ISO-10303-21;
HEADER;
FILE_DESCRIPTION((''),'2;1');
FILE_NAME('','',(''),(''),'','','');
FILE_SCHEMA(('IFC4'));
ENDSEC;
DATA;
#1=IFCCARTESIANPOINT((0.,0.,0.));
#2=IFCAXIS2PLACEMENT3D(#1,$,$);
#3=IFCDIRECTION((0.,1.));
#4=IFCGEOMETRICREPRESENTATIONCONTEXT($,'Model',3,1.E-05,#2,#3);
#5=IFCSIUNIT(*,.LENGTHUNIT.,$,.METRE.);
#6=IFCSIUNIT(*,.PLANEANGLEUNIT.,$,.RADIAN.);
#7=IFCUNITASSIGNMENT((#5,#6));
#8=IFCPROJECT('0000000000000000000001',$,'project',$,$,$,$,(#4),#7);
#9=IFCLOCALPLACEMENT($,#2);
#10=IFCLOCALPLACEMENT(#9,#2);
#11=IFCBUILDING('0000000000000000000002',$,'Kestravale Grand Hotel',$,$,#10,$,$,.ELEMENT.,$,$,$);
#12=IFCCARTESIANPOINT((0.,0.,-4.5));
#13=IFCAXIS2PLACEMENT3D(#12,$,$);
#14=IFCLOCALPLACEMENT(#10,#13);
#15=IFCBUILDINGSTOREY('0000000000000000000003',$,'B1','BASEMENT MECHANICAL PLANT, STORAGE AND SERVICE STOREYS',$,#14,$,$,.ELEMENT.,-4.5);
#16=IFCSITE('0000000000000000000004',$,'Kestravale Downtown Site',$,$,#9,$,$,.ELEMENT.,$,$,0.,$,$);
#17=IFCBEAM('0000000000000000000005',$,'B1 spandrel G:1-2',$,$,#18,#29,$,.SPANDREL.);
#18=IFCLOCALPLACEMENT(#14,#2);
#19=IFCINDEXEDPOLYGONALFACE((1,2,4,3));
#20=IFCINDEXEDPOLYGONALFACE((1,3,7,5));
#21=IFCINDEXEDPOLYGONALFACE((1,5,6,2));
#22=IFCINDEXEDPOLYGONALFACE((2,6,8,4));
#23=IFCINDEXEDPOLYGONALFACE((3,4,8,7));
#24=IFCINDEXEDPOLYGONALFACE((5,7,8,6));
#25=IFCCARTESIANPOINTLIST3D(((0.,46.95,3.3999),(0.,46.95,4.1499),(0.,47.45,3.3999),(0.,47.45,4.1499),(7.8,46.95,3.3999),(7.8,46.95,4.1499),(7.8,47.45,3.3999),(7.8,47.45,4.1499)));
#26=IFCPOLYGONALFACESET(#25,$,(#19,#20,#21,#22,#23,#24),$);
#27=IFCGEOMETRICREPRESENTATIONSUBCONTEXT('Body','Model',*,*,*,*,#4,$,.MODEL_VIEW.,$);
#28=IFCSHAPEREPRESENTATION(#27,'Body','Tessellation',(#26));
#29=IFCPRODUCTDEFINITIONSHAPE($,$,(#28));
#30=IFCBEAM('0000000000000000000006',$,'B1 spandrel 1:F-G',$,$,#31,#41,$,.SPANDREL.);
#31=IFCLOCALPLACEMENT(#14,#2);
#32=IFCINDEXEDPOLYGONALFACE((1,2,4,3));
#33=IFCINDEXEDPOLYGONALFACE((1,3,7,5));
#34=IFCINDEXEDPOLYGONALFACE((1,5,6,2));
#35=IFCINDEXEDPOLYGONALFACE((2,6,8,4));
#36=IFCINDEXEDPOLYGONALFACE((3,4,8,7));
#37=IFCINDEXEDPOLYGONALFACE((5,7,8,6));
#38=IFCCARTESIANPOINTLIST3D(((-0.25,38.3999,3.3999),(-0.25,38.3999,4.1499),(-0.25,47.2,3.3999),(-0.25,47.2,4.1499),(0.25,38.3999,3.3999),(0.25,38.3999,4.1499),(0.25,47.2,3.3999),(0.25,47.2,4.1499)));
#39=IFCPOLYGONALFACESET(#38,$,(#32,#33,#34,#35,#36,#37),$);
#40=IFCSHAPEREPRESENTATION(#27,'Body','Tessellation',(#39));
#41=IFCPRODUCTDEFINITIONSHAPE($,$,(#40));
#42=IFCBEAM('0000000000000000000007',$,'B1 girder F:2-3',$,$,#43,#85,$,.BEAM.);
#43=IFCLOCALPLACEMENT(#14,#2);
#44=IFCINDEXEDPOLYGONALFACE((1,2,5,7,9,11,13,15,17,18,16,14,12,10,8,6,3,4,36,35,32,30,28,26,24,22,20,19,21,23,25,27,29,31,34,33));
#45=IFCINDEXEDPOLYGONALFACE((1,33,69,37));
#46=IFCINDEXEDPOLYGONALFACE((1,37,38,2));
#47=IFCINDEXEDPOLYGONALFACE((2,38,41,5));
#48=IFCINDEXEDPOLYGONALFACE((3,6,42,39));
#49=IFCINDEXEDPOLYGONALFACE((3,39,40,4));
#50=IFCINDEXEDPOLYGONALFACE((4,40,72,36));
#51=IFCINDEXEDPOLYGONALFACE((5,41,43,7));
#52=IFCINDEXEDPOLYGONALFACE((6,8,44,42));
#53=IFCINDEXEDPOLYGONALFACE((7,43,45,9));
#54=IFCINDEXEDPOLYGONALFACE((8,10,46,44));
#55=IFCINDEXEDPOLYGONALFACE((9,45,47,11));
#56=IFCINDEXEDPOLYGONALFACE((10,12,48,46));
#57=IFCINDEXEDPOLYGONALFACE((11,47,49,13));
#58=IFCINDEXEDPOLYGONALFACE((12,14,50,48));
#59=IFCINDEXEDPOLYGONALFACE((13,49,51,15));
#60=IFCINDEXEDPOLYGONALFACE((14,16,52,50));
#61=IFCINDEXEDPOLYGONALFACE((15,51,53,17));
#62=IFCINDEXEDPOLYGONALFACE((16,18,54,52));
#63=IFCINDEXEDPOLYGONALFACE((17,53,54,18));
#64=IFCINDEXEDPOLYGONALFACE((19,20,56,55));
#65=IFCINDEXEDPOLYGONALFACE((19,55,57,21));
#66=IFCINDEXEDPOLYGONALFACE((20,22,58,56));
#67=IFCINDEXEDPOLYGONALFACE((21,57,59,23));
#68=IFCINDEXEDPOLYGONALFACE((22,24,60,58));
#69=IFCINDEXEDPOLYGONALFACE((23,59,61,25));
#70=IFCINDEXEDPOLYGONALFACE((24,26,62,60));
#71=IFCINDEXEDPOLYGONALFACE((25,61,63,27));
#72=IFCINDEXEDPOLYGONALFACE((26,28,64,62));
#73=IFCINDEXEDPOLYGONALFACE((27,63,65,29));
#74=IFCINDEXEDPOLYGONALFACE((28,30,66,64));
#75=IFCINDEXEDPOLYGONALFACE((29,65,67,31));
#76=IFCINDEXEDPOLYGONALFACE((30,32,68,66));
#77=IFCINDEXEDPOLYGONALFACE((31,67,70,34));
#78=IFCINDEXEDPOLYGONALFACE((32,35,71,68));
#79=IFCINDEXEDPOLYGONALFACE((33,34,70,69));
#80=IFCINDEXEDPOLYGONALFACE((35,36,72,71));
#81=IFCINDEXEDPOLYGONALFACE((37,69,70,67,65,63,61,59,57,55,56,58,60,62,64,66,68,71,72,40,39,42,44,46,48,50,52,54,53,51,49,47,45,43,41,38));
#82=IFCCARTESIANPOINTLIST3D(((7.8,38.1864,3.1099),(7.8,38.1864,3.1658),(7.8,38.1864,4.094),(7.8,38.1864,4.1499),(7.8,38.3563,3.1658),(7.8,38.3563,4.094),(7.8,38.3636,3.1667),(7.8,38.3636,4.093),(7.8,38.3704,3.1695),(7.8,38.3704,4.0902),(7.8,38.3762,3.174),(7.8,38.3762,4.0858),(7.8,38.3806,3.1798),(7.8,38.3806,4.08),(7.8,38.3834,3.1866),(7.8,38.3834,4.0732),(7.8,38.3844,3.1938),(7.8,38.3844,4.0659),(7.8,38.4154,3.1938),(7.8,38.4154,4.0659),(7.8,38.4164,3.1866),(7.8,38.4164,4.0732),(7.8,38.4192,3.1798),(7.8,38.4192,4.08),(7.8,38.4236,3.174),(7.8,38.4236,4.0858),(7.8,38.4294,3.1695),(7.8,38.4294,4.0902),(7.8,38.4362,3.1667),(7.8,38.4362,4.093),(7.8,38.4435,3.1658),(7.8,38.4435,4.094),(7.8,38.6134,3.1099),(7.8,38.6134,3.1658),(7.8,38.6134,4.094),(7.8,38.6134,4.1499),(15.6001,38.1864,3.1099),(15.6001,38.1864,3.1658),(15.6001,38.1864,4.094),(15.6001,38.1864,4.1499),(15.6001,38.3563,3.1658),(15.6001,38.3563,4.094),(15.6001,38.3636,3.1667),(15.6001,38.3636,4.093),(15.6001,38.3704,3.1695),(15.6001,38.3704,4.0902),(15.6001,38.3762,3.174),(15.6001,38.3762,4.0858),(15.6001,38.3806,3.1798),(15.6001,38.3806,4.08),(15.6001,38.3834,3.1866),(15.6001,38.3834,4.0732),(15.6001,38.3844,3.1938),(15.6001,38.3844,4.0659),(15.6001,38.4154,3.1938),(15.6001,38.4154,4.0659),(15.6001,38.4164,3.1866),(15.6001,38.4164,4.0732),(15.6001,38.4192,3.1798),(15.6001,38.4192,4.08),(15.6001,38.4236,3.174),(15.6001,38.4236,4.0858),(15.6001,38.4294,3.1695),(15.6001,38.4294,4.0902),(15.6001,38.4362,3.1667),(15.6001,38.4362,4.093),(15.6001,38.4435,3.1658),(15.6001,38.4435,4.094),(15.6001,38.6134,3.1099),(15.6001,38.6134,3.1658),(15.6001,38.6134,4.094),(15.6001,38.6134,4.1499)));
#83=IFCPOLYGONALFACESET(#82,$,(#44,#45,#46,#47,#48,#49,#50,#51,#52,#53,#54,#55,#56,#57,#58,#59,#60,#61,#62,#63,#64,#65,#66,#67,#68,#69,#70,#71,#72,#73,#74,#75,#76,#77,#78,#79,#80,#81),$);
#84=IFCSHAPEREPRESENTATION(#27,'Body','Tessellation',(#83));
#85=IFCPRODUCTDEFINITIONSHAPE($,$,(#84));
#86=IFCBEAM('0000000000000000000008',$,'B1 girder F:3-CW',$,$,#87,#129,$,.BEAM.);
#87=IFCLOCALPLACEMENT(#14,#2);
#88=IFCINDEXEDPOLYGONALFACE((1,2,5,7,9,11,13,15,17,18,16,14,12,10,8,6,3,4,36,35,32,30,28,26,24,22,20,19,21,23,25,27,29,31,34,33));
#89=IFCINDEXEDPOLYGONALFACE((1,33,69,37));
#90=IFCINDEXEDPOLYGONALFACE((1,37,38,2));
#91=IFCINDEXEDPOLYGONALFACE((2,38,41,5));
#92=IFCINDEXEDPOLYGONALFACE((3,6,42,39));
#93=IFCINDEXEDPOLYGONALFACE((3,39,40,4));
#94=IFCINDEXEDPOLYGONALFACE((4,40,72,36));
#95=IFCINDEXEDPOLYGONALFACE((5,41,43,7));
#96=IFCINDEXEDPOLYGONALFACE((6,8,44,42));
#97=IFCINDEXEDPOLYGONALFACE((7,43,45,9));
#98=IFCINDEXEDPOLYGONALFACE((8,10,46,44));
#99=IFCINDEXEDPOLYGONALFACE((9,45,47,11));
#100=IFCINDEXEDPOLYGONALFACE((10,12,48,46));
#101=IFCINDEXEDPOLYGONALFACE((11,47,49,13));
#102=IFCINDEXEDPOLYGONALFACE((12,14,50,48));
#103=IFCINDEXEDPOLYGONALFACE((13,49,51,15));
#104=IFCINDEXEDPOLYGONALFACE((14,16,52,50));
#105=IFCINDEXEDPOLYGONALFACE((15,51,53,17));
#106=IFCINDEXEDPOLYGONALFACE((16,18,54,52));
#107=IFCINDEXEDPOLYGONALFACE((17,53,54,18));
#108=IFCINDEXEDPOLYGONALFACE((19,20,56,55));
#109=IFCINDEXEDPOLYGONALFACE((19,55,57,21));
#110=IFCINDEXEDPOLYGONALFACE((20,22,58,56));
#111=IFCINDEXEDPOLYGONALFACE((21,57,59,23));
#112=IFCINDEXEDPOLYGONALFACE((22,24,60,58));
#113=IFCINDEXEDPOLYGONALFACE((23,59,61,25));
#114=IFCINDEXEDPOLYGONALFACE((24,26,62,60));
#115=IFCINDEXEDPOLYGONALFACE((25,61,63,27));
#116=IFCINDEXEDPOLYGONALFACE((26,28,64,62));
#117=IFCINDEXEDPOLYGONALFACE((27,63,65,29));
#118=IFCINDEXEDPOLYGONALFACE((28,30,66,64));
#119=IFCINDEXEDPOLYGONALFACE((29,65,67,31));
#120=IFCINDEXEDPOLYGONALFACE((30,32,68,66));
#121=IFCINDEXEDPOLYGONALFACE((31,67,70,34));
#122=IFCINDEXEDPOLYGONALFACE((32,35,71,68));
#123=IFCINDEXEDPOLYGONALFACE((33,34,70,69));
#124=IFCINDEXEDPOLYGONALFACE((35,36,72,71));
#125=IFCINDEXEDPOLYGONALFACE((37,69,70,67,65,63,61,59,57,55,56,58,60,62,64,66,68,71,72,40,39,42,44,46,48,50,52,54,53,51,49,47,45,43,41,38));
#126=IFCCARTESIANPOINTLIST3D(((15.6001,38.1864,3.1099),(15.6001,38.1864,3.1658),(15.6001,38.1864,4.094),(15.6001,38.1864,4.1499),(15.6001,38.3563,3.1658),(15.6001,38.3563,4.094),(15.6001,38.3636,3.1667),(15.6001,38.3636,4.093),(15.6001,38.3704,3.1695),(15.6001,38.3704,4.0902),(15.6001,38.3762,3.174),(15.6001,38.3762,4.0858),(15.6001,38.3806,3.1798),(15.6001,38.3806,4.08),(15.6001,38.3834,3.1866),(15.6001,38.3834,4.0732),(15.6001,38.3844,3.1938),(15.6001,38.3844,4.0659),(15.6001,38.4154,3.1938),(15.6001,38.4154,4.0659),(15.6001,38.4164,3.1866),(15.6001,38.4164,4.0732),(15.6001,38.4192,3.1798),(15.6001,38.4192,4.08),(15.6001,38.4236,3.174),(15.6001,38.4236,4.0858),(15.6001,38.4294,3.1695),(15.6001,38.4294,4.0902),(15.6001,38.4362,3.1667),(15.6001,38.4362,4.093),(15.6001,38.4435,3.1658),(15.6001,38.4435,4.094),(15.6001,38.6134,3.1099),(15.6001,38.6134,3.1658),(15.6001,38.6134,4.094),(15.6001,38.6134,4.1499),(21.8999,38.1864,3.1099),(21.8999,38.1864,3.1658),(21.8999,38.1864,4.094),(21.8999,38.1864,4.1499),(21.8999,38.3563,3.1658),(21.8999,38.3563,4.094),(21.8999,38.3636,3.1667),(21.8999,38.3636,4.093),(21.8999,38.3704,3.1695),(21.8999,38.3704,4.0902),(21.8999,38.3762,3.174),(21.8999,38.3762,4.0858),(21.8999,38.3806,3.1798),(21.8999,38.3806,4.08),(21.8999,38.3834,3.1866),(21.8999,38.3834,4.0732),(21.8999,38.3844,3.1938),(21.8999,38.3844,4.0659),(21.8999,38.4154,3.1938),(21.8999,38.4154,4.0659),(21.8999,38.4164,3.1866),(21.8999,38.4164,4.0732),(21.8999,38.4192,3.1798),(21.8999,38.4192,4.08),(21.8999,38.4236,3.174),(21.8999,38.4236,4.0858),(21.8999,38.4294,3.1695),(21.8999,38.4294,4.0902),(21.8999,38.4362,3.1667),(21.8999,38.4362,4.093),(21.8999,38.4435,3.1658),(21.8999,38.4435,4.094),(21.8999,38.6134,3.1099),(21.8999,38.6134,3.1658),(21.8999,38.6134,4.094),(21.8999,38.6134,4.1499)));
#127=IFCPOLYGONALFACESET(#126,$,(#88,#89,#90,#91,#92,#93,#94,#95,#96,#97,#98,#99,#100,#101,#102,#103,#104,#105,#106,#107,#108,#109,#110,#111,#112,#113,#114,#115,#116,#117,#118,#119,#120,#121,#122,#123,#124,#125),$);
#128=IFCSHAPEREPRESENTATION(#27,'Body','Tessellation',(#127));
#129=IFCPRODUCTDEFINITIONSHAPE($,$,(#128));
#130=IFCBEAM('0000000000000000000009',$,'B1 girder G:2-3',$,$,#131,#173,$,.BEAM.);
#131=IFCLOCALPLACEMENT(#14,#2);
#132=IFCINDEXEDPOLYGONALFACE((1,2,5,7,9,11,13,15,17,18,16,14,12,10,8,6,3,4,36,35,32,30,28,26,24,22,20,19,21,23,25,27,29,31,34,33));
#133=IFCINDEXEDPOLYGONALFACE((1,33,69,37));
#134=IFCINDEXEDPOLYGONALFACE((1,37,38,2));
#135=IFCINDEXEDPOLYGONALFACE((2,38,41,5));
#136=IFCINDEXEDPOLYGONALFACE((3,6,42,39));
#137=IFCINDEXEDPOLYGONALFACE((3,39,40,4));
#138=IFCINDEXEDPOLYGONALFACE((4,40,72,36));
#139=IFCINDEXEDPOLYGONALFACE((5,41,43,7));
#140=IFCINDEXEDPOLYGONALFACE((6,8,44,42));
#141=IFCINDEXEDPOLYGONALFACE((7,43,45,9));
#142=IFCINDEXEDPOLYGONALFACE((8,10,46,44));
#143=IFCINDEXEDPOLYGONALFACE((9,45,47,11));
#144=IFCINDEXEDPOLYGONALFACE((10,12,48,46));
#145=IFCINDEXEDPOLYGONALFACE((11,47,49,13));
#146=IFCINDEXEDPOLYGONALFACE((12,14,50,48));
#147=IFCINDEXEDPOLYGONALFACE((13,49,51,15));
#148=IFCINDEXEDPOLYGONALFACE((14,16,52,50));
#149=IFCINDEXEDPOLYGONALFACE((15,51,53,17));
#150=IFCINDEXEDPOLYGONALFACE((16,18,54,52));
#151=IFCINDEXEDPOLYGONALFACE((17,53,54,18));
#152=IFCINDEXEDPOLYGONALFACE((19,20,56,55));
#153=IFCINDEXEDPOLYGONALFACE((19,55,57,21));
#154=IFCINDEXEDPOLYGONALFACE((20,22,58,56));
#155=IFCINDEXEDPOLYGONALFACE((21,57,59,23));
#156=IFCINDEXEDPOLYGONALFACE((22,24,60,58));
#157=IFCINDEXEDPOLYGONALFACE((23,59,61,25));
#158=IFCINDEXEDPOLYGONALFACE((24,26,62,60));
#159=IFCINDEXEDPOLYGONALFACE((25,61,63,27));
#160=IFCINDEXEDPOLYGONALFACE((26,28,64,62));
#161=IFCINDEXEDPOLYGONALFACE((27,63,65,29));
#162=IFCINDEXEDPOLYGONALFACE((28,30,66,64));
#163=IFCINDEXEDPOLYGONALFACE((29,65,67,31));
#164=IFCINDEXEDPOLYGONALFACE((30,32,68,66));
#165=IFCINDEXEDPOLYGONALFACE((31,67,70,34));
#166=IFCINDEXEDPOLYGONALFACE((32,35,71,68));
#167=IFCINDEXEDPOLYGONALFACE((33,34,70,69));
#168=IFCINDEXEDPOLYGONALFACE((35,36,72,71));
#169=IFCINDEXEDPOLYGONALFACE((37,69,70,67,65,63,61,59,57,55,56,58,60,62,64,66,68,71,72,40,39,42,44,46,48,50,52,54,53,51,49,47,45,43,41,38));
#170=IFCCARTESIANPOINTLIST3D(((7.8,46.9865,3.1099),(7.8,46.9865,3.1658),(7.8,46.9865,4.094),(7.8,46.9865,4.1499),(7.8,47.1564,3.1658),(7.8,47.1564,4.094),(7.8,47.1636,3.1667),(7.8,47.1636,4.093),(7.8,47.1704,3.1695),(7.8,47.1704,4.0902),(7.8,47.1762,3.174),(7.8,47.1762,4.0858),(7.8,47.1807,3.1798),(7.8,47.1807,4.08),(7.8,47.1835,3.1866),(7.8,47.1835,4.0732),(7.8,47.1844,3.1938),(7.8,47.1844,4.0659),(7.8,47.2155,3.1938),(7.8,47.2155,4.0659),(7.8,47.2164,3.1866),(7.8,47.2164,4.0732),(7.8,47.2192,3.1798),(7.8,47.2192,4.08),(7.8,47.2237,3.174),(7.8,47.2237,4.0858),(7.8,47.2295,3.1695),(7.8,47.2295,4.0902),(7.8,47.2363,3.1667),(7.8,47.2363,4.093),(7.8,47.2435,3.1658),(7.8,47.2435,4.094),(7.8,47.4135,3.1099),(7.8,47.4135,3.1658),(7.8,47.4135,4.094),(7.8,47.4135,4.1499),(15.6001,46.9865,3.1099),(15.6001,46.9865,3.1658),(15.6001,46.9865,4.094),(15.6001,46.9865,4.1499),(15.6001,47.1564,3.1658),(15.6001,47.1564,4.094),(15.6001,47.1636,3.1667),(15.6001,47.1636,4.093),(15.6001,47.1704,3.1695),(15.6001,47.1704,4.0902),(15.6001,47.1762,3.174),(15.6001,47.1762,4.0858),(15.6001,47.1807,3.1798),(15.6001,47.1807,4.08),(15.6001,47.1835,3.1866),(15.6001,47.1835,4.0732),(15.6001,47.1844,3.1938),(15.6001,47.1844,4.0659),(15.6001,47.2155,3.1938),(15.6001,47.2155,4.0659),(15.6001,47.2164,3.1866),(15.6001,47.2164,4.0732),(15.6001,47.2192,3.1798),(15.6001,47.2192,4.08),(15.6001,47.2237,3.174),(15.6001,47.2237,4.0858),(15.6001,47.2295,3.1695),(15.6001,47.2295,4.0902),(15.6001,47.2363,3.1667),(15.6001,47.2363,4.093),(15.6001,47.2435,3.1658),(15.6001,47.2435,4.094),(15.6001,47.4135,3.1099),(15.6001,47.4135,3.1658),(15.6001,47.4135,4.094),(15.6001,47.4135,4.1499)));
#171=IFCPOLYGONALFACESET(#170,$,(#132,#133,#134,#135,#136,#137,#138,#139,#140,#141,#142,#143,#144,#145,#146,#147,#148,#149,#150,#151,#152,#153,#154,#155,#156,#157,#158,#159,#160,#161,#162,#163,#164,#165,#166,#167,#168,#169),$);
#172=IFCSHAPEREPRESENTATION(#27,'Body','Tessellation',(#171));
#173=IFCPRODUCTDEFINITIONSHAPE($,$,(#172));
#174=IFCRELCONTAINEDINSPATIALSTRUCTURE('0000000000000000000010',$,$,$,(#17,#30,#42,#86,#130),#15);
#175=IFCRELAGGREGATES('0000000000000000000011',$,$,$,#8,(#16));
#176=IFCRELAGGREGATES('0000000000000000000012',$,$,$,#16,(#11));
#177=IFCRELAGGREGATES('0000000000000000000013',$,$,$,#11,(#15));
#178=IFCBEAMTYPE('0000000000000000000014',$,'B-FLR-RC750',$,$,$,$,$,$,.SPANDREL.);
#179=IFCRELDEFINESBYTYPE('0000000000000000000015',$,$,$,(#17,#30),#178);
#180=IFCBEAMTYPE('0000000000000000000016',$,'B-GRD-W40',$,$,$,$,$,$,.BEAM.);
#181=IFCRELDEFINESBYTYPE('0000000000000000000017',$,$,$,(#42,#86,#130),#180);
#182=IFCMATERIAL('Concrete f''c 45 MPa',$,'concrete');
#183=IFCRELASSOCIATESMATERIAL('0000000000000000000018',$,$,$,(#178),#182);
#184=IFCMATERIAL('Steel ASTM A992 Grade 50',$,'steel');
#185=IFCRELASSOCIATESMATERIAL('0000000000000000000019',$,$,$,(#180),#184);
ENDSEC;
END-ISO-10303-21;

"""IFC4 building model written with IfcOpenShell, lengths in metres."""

from ifc_helpers import new_model, si_unit, direction, frame, origin, origin_2d, place, context, subcontext, project, spatial, rectangle, i_section, extrude, material, material_profile, profile_set, type_object, element, save


model = new_model("IFC4")

# Units and contexts
model_context = context("Model", 3, precision=1e-05, world=origin(), true_north=direction((0.0, 1.0)))
body_context = subcontext(model_context, "Body", "Model", "MODEL_VIEW")
ifc_project = project(units=[si_unit("LENGTHUNIT", "METRE"), si_unit("PLANEANGLEUNIT", "RADIAN")], contexts=[model_context])

# Site, building, storey
site_placement = place(None, origin())
site = spatial("IfcSite", under=ifc_project, at=site_placement, Name="Kestravale Downtown Site", CompositionType="ELEMENT", RefElevation=0.0)
building_placement = place(site_placement, origin())
building = spatial("IfcBuilding", under=site, at=building_placement, Name="Kestravale Grand Hotel", CompositionType="ELEMENT")
storey_placement = place(building_placement, frame((0.0, 0.0, -4.5)))
storey = spatial("IfcBuildingStorey", under=building, at=storey_placement, Name="B1", Description="BASEMENT MECHANICAL PLANT, STORAGE AND SERVICE STOREYS", CompositionType="ELEMENT", Elevation=-4.5)

# Beams
ifc_material_1 = material(Name="Concrete f'c 45 MPa", Category="concrete")
ifc_material_profile_1 = material_profile(ifc_material_1, rectangle(XDim=0.5, YDim=0.75, at=origin_2d()))
ifc_profile_set_1 = profile_set([ifc_material_profile_1], Name="Concrete f'c 45 MPa")
beam_type_1 = type_object("IfcBeamType", Name="B-FLR-RC750", PredefinedType="SPANDREL", material=ifc_profile_set_1)
for number, where, z_axis, x_axis, name in (
    (1, (0.0, 47.2, 3.7749), (1.0, 0.0, 0.0), (0.0, 1.0, 0.0), "B1 spandrel G:1-2"),
):
    element("IfcBeam", number, at=place(storey_placement, frame(where, z_axis=z_axis, x_axis=x_axis)), inside=storey, type_object=beam_type_1, Name=name, PredefinedType="SPANDREL", context=body_context, shape_type="SweptSolid", body=[
        extrude(rectangle(XDim=0.5, YDim=0.75, at=origin_2d()), origin(), (0.0, 0.0, 1.0), 7.8),
    ])
beam_1_placement = place(storey_placement, frame((0.0, 38.3999, 3.7749), z_axis=(0.0, 1.0, 0.0), x_axis=(-1.0, 0.0, 0.0)))
element("IfcBeam", 2, at=beam_1_placement, inside=storey, type_object=beam_type_1, Name="B1 spandrel 1:F-G", PredefinedType="SPANDREL", context=body_context, shape_type="SweptSolid", body=[
    extrude(rectangle(XDim=0.5, YDim=0.75, at=origin_2d()), origin(), (0.0, 0.0, 1.0), 8.8),
])
ifc_material_2 = material(Name="Steel ASTM A992 Grade 50", Category="steel")
ifc_material_profile_2 = material_profile(ifc_material_2, i_section(OverallWidth=0.427, OverallDepth=1.04, WebThickness=0.031, FlangeThickness=0.0559, FilletRadius=0.0281, at=origin_2d()))
ifc_profile_set_2 = profile_set([ifc_material_profile_2], Name="Steel ASTM A992 Grade 50")
beam_type_2 = type_object("IfcBeamType", Name="B-GRD-W40", PredefinedType="BEAM", material=ifc_profile_set_2)
beam_2_placement = place(storey_placement, frame((7.8, 38.3999, 3.6299), z_axis=(1.0, 0.0, 0.0), x_axis=(0.0, 1.0, 0.0)))
element("IfcBeam", 3, at=beam_2_placement, inside=storey, type_object=beam_type_2, Name="B1 girder F:2-3", PredefinedType="BEAM", context=body_context, shape_type="SweptSolid", body=[
    extrude(i_section(OverallWidth=0.427, OverallDepth=1.04, WebThickness=0.031, FlangeThickness=0.0559, FilletRadius=0.0281, at=origin_2d()), origin(), (0.0, 0.0, 1.0), 7.8),
])
beam_3_placement = place(storey_placement, frame((15.6001, 38.3999, 3.6299), z_axis=(1.0, 0.0, 0.0), x_axis=(0.0, 1.0, 0.0)))
element("IfcBeam", 4, at=beam_3_placement, inside=storey, type_object=beam_type_2, Name="B1 girder F:3-CW", PredefinedType="BEAM", context=body_context, shape_type="SweptSolid", body=[
    extrude(i_section(OverallWidth=0.427, OverallDepth=1.04, WebThickness=0.031, FlangeThickness=0.0559, FilletRadius=0.0281, at=origin_2d()), origin(), (0.0, 0.0, 1.0), 6.2998),
])
beam_4_placement = place(storey_placement, frame((7.8, 47.2, 3.6299), z_axis=(1.0, 0.0, 0.0), x_axis=(0.0, 1.0, 0.0)))
element("IfcBeam", 5, at=beam_4_placement, inside=storey, type_object=beam_type_2, Name="B1 girder G:2-3", PredefinedType="BEAM", context=body_context, shape_type="SweptSolid", body=[
    extrude(i_section(OverallWidth=0.427, OverallDepth=1.04, WebThickness=0.031, FlangeThickness=0.0559, FilletRadius=0.0281, at=origin_2d()), origin(), (0.0, 0.0, 1.0), 7.8),
])

save(model, "model.ifc")
